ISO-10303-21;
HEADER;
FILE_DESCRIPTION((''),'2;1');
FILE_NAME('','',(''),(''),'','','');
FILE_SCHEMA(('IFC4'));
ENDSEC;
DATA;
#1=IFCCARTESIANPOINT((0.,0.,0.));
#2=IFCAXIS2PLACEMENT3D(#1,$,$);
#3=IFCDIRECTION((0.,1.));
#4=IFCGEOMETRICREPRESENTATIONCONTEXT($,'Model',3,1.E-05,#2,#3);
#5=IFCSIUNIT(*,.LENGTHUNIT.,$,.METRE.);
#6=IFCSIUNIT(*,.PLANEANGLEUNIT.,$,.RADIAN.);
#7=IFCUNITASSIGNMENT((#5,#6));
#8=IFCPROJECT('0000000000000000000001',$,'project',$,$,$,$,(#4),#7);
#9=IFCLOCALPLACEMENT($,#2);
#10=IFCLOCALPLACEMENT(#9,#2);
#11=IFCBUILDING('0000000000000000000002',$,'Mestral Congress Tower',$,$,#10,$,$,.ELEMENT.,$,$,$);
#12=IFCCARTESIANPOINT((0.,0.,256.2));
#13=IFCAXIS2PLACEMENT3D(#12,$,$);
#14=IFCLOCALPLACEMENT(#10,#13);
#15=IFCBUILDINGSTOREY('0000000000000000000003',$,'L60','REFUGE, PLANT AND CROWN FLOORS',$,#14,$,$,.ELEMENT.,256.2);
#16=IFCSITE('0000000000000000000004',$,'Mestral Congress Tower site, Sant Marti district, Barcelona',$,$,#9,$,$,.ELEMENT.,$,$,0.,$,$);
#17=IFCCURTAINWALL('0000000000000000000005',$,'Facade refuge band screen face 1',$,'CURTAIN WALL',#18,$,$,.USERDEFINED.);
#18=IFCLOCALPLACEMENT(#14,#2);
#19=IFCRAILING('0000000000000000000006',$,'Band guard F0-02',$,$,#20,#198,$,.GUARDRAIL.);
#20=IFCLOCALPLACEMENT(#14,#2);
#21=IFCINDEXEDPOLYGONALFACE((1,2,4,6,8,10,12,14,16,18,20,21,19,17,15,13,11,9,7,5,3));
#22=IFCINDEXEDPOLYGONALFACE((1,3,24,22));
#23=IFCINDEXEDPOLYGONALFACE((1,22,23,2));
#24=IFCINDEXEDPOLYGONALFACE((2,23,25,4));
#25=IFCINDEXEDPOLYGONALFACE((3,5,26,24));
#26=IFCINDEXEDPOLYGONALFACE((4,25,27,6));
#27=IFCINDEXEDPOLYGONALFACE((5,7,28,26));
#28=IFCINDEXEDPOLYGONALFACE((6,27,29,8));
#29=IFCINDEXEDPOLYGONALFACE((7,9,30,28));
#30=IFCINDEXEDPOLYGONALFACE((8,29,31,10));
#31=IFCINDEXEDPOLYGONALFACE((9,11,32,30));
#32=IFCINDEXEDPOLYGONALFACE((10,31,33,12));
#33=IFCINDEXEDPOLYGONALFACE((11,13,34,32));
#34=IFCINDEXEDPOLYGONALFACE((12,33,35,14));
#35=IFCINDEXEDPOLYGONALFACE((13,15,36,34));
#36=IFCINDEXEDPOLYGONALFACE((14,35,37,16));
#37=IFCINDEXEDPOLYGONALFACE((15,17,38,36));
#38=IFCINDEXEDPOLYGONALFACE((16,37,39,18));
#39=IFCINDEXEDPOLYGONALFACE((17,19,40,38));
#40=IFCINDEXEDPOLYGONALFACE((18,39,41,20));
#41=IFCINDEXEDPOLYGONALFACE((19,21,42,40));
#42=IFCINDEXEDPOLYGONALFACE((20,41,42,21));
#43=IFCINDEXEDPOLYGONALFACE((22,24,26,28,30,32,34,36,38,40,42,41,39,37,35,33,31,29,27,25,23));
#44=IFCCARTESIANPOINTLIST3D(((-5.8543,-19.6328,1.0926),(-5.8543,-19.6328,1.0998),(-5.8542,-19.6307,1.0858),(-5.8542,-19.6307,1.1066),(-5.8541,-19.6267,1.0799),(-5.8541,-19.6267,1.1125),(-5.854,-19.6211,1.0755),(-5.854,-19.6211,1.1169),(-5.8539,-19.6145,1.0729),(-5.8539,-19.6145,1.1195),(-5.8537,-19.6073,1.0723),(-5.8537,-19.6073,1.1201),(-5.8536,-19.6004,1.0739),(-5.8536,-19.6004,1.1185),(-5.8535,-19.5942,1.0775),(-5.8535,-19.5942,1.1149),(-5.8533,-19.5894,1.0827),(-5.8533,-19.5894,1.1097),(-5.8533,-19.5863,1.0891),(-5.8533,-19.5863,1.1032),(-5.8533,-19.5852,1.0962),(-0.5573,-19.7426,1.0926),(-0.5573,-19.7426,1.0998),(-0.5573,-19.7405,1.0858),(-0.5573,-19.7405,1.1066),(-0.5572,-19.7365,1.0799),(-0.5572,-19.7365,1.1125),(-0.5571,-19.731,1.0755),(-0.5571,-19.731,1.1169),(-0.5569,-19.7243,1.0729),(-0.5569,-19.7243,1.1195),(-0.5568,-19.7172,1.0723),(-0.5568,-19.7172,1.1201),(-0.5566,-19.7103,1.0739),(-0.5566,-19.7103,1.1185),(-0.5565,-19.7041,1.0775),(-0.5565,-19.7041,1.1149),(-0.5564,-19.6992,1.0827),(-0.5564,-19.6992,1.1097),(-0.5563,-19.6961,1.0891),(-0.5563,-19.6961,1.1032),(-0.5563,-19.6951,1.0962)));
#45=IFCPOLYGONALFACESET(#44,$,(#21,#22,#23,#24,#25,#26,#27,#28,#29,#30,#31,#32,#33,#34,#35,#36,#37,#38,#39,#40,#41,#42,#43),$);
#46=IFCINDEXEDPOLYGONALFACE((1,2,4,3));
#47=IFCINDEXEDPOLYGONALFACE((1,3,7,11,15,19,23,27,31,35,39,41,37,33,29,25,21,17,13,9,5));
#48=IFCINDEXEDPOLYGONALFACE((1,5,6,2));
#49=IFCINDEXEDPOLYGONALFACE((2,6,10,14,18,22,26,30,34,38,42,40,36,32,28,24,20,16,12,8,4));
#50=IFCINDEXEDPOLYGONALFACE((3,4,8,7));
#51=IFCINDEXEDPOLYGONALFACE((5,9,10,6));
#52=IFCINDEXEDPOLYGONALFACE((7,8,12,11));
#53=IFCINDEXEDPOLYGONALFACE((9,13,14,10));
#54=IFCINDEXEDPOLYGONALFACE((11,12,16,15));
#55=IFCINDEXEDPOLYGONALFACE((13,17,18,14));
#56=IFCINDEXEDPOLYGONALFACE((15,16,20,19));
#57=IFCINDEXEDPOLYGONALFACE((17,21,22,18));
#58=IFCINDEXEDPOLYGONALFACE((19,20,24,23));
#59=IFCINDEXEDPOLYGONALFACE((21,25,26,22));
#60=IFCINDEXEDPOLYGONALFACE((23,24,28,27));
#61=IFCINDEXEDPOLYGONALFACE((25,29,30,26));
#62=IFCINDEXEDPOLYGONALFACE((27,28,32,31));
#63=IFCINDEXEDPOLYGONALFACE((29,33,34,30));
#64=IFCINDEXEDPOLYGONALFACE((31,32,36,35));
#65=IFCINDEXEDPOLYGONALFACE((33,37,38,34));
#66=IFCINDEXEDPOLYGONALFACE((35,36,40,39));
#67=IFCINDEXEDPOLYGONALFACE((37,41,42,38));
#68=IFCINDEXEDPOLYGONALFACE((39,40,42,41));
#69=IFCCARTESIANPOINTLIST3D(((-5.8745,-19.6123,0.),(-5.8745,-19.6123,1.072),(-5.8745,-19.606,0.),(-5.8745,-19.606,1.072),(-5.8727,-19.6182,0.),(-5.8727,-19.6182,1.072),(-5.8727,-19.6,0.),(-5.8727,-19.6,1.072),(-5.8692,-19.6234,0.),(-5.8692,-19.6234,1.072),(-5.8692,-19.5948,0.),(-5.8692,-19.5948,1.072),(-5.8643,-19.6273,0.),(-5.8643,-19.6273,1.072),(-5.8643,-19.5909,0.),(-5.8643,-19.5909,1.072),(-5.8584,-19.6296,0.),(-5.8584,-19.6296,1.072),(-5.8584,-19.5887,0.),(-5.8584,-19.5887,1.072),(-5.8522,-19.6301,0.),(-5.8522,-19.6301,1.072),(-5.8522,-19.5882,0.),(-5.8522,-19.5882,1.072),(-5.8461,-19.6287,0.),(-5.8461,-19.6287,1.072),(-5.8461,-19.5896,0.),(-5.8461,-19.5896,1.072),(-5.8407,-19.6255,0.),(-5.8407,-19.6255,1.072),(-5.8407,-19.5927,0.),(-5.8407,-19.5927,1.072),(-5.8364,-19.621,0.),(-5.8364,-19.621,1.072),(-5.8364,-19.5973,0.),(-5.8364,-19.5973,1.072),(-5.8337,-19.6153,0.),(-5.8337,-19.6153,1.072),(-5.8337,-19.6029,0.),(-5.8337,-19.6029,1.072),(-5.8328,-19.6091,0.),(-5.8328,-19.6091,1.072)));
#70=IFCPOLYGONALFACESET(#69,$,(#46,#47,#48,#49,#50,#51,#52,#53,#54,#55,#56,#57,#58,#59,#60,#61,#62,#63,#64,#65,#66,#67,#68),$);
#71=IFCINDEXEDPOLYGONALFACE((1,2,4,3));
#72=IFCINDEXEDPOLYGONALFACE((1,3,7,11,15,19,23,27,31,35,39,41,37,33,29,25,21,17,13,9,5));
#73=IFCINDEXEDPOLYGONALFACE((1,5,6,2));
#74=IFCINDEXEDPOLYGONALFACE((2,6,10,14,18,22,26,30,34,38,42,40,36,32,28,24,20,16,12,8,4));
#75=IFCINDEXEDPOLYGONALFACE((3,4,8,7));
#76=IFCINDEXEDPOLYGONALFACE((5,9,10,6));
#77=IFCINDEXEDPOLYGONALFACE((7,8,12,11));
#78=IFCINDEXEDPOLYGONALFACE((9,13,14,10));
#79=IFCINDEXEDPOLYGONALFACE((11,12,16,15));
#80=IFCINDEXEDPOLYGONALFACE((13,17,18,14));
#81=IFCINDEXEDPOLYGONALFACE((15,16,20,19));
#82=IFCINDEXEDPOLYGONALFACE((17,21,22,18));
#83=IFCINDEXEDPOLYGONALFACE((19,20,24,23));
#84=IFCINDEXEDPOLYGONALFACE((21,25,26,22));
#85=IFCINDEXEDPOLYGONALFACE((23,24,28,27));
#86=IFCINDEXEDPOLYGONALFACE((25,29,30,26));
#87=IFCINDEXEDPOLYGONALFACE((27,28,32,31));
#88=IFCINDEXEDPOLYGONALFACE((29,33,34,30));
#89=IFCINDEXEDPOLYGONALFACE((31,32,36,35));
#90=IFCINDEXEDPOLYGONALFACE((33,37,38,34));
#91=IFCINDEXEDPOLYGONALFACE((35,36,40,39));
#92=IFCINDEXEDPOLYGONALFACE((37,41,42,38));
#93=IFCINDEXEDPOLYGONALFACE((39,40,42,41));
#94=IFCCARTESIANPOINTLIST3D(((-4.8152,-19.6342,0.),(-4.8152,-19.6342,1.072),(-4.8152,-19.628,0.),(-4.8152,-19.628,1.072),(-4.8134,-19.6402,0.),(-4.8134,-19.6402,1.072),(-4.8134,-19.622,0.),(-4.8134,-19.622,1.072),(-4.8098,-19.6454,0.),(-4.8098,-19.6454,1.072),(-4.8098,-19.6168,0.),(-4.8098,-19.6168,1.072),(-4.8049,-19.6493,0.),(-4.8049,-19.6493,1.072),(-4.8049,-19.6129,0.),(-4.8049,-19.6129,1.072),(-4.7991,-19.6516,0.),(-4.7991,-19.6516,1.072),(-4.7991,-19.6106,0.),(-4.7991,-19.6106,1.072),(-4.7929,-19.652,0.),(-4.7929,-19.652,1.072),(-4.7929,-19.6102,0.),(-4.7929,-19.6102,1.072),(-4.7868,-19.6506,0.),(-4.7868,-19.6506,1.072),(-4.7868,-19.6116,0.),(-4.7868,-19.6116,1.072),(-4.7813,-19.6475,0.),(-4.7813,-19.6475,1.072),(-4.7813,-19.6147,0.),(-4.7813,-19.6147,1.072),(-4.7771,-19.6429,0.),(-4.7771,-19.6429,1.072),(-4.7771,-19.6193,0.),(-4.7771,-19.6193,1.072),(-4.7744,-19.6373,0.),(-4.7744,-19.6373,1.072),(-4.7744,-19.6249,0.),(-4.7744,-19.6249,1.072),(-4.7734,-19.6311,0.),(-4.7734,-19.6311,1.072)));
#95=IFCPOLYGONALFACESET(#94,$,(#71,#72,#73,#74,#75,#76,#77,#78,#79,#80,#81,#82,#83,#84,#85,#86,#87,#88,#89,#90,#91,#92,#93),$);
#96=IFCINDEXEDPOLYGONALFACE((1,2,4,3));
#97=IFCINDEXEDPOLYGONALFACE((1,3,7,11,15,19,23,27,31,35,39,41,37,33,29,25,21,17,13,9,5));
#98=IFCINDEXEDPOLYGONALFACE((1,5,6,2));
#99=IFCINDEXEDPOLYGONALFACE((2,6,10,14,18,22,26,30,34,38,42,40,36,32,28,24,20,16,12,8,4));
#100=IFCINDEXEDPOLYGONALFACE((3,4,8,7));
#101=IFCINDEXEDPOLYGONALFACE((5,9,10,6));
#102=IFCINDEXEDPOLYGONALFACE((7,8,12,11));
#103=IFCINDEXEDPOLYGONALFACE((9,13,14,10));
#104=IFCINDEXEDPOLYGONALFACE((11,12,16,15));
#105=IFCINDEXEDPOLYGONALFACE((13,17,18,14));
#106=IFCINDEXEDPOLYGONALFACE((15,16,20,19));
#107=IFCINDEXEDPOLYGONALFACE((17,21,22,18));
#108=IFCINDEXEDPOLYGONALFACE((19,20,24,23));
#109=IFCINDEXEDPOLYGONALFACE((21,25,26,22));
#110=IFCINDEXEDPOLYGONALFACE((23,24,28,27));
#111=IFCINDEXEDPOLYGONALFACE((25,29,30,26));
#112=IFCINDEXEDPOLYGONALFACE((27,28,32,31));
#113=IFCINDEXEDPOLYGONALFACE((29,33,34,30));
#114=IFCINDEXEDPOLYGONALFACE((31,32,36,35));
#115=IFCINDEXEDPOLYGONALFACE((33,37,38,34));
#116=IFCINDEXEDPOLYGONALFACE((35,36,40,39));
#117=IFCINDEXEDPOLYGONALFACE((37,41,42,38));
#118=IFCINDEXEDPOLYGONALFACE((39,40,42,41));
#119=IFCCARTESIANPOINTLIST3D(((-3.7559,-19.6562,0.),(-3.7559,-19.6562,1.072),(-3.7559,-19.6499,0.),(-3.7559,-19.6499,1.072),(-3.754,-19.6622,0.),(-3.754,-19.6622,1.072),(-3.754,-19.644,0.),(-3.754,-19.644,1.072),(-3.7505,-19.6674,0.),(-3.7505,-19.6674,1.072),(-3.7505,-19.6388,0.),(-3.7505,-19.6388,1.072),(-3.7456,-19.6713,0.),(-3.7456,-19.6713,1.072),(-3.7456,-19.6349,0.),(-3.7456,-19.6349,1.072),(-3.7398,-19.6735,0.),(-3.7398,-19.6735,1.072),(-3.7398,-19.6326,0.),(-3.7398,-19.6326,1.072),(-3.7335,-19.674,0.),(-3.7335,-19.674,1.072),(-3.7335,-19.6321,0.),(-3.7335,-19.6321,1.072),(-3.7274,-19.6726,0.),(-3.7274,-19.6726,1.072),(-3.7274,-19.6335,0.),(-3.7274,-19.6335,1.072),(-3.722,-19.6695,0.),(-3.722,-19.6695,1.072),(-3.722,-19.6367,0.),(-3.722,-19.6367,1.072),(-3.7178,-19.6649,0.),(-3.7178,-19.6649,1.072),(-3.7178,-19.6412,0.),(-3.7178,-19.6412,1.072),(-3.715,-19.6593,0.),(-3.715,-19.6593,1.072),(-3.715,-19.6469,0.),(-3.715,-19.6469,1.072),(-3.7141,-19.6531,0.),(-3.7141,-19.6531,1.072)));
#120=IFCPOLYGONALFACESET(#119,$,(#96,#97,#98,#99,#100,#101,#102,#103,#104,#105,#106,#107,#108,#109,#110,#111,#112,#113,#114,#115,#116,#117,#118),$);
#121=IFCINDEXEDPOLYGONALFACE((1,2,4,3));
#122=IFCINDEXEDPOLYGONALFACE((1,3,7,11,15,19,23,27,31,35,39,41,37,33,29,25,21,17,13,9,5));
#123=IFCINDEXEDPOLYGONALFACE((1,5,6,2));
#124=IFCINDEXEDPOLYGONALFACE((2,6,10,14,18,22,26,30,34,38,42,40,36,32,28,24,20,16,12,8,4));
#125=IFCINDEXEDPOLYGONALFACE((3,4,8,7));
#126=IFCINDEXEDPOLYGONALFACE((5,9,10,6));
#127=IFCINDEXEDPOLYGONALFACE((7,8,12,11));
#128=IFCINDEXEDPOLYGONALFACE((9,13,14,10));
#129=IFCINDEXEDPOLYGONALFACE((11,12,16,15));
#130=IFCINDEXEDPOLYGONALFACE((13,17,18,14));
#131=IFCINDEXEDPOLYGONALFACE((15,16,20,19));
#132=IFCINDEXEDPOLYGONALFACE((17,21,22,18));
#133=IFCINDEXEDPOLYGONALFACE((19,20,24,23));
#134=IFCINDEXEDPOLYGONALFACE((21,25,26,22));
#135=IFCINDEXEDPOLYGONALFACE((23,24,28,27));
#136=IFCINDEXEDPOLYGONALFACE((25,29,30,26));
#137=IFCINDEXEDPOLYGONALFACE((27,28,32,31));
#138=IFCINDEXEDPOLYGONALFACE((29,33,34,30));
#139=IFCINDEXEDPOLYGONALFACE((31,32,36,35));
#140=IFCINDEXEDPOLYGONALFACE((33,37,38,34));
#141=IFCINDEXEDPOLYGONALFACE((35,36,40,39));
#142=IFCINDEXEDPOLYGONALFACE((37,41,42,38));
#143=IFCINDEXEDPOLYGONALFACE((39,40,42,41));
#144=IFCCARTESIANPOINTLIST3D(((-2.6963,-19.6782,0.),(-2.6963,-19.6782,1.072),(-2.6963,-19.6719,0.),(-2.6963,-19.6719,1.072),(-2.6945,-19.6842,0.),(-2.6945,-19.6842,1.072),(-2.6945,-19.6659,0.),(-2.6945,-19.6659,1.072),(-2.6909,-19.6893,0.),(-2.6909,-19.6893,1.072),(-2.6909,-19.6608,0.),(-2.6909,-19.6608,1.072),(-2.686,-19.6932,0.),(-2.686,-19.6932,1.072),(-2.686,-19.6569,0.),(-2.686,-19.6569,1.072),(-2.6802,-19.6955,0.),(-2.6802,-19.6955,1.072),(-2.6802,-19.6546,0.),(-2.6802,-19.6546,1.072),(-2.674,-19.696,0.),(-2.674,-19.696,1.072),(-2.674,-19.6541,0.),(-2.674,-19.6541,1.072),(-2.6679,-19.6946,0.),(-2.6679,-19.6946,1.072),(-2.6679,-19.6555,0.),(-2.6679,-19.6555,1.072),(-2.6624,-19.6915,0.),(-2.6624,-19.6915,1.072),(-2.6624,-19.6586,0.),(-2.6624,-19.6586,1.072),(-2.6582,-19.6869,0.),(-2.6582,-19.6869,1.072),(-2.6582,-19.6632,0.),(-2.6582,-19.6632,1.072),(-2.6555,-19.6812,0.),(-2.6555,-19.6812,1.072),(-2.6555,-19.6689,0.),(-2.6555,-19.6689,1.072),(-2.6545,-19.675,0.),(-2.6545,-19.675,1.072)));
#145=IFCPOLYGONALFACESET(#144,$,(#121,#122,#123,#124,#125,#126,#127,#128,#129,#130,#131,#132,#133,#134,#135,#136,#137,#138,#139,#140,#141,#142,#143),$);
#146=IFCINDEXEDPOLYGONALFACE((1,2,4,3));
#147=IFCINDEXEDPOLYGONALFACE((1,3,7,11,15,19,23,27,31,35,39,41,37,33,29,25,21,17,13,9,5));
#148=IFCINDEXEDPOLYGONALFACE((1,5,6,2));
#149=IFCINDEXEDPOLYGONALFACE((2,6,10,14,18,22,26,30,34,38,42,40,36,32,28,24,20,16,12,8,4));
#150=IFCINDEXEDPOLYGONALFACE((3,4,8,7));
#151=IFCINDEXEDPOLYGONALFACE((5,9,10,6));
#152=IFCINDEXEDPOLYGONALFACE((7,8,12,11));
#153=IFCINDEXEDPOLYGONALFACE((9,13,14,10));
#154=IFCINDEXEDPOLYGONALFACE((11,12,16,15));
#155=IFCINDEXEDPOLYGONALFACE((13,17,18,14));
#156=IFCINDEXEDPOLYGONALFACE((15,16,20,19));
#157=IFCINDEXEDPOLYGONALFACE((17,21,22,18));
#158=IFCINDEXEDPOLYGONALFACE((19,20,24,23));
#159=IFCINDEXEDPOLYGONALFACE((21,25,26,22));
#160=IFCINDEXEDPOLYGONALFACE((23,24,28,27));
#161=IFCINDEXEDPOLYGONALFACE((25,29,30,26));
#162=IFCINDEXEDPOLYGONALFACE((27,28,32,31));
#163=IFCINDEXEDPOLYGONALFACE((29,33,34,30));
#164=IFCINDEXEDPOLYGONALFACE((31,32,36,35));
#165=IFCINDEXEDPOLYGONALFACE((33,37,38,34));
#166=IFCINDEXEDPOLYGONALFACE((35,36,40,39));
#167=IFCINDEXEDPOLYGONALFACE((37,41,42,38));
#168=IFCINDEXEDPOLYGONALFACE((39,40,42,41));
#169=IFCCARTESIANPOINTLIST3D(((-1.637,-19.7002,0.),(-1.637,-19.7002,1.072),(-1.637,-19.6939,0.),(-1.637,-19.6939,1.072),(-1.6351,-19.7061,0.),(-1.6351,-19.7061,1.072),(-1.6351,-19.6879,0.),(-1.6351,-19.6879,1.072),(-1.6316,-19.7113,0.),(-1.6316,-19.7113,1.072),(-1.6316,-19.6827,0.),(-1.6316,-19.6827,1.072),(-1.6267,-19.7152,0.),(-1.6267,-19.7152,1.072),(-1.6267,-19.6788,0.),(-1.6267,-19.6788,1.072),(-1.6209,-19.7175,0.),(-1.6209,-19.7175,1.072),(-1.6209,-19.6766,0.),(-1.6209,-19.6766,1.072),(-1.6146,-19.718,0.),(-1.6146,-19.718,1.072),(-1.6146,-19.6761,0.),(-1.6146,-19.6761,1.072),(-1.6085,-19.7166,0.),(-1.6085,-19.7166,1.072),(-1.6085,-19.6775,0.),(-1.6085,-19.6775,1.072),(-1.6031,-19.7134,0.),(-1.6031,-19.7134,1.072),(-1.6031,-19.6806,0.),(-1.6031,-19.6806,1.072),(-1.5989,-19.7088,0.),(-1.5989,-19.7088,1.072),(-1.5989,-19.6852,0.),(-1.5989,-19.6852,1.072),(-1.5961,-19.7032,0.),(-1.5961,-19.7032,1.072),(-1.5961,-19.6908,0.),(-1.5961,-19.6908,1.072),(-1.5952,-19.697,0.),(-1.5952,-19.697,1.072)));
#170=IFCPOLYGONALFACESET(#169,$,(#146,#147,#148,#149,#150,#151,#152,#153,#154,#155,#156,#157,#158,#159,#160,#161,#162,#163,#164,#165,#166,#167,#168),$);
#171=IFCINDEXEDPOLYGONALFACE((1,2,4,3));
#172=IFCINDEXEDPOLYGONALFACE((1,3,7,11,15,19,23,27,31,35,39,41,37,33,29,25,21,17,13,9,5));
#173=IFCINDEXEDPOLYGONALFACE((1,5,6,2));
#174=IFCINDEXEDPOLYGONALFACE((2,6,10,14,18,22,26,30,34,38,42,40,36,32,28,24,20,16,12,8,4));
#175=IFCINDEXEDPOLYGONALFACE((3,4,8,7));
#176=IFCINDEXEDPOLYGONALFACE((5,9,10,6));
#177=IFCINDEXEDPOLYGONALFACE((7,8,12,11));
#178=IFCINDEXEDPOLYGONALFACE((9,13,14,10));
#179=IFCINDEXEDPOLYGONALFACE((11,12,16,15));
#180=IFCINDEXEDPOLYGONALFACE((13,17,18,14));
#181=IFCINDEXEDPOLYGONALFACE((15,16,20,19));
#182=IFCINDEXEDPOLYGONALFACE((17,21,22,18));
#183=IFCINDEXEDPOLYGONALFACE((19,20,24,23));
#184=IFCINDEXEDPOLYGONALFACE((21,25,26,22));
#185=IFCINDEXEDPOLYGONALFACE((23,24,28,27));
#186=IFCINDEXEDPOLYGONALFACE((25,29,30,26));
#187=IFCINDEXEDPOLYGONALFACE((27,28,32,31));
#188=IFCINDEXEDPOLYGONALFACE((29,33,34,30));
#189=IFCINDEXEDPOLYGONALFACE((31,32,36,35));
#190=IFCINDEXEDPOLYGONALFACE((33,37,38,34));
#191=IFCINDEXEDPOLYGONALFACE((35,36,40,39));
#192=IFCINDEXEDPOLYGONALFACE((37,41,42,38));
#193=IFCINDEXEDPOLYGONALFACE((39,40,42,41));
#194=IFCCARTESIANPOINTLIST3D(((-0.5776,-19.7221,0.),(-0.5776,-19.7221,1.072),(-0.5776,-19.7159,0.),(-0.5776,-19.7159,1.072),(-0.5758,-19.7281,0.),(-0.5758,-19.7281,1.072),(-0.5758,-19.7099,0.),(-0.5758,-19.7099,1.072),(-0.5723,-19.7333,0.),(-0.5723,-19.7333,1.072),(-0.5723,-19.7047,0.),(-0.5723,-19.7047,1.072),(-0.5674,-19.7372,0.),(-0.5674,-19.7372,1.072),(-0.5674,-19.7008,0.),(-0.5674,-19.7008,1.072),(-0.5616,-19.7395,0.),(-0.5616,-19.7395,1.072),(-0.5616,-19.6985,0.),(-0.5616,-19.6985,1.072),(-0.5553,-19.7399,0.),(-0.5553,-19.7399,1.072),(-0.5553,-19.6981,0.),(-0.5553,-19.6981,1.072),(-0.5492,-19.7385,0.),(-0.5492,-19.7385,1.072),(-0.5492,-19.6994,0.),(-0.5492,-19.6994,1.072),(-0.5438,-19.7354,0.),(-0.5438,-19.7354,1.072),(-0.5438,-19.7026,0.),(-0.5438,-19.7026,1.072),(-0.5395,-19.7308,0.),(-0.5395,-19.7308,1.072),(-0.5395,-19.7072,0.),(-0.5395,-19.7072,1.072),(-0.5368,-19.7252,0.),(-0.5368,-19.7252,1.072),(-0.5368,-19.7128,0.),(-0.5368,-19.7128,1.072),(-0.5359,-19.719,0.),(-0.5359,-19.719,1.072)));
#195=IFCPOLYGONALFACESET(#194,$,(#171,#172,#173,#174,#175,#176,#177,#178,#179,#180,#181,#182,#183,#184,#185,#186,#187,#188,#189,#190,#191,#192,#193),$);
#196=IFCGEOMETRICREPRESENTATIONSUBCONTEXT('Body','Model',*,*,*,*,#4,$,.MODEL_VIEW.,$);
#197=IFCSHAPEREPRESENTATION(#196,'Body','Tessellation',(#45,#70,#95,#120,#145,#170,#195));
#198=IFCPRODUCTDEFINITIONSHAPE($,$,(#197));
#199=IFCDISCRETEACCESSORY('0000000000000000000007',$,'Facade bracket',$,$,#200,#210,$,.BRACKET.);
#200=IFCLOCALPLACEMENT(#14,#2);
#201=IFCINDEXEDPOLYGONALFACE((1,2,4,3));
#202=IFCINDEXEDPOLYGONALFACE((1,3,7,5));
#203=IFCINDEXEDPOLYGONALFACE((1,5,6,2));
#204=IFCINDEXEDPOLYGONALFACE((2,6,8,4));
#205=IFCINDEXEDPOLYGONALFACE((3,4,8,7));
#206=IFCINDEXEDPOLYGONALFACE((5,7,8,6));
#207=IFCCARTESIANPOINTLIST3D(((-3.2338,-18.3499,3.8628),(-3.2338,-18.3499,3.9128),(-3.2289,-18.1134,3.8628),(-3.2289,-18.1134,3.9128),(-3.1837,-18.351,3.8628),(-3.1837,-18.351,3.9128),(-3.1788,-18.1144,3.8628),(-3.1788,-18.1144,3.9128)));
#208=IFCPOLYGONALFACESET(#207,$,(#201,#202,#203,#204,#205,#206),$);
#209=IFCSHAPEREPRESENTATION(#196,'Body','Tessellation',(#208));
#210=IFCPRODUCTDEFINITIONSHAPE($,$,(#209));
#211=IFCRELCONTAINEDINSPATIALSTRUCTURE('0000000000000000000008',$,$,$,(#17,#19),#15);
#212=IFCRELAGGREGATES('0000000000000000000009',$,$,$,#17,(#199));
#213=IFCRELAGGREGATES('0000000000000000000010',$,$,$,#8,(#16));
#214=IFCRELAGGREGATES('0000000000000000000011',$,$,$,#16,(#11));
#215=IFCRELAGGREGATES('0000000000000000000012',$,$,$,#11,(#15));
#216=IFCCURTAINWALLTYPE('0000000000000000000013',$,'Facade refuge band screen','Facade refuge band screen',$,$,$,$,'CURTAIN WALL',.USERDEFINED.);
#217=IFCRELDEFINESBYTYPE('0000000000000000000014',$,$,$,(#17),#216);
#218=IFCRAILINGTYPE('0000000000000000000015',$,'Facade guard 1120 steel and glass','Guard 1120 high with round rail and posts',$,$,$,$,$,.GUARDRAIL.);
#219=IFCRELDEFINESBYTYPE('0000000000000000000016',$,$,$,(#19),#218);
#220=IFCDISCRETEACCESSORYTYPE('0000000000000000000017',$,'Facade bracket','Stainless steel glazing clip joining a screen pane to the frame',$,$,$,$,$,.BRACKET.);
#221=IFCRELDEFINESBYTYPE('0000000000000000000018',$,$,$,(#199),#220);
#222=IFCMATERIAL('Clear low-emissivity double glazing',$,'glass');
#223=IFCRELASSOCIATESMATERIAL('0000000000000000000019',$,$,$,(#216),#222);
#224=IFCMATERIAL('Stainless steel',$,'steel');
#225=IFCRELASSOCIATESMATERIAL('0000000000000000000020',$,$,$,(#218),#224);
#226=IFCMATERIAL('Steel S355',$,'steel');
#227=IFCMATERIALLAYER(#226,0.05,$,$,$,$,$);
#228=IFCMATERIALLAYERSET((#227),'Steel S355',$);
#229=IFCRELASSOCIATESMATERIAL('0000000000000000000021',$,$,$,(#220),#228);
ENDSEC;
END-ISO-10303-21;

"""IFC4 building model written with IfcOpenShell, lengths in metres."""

from ifc_helpers import new_model, si_unit, direction, frame, origin, origin_2d, place, context, subcontext, project, spatial, rectangle, circle, extrude, material, layer, layer_set, type_object, element, aggregate, save


model = new_model("IFC4")

# Units and contexts
model_context = context("Model", 3, precision=1e-05, world=origin(), true_north=direction((0.0, 1.0)))
body_context = subcontext(model_context, "Body", "Model", "MODEL_VIEW")
ifc_project = project(units=[si_unit("LENGTHUNIT", "METRE"), si_unit("PLANEANGLEUNIT", "RADIAN")], contexts=[model_context])

# Site, building, storey
site_placement = place(None, origin())
site = spatial("IfcSite", under=ifc_project, at=site_placement, Name="Mestral Congress Tower site, Sant Marti district, Barcelona", CompositionType="ELEMENT", RefElevation=0.0)
building_placement = place(site_placement, origin())
building = spatial("IfcBuilding", under=site, at=building_placement, Name="Mestral Congress Tower", CompositionType="ELEMENT")
storey_placement = place(building_placement, frame((0.0, 0.0, 256.2)))
storey = spatial("IfcBuildingStorey", under=building, at=storey_placement, Name="L60", Description="REFUGE, PLANT AND CROWN FLOORS", CompositionType="ELEMENT", Elevation=256.2)

# Shared definitions
ifc_material_1 = material(Name="Steel S355", Category="steel")

# Curtain wall
ifc_material_2 = material(Name="Clear low-emissivity double glazing", Category="glass")
curtain_wall_type = type_object("IfcCurtainWallType", Name="Facade refuge band screen", Description="Facade refuge band screen", ElementType="CURTAIN WALL", PredefinedType="USERDEFINED", material=ifc_material_2)
curtain_wall_placement = place(storey_placement, origin())
curtain_wall = element("IfcCurtainWall", 1, at=curtain_wall_placement, inside=storey, type_object=curtain_wall_type, Name="Facade refuge band screen face 1", ObjectType="CURTAIN WALL", PredefinedType="USERDEFINED")

# Railing
ifc_material_3 = material(Name="Stainless steel", Category="steel")
railing_type = type_object("IfcRailingType", Name="Facade guard 1120 steel and glass", Description="Guard 1120 high with round rail and posts", PredefinedType="GUARDRAIL", material=ifc_material_3)
railing_placement = place(storey_placement, frame((-5.8538, -19.6091, 0.0)))
element("IfcRailing", 2, at=railing_placement, inside=storey, type_object=railing_type, Name="Band guard F0-02", PredefinedType="GUARDRAIL", context=body_context, shape_type="SweptSolid", body=[
    extrude(circle(Radius=0.0239, at=origin_2d()), frame((0.0, 0.0, 1.0962), z_axis=(0.999785, -0.020737, 0.0), x_axis=(0.020737, 0.999785, 0.0)), (0.0, 0.0, 1.0), 5.2981),
    extrude(circle(Radius=0.021, at=origin_2d()), origin(), (0.0, 0.0, 1.0), 1.072),
    extrude(circle(Radius=0.021, at=origin_2d()), frame((1.0593, -0.022, 0.0)), (0.0, 0.0, 1.0), 1.072),
    extrude(circle(Radius=0.021, at=origin_2d()), frame((2.1187, -0.0439, 0.0)), (0.0, 0.0, 1.0), 1.072),
    extrude(circle(Radius=0.021, at=origin_2d()), frame((3.1782, -0.0659, 0.0)), (0.0, 0.0, 1.0), 1.072),
    extrude(circle(Radius=0.021, at=origin_2d()), frame((4.2375, -0.0879, 0.0)), (0.0, 0.0, 1.0), 1.072),
    extrude(circle(Radius=0.021, at=origin_2d()), frame((5.2969, -0.1099, 0.0)), (0.0, 0.0, 1.0), 1.072),
])

# Discrete accessory
ifc_layer_1 = layer(ifc_material_1, 0.05)
ifc_layer_set_1 = layer_set([ifc_layer_1], Name="Steel S355")
discrete_accessory_type = type_object("IfcDiscreteAccessoryType", Name="Facade bracket", Description="Stainless steel glazing clip joining a screen pane to the frame", PredefinedType="BRACKET", material=ifc_layer_set_1)
discrete_accessory_1_placement = place(storey_placement, frame((-3.2063, -18.2322, 3.8628), z_axis=(0.0, 0.0, 1.0), x_axis=(0.999785, -0.020745, 0.0)))
discrete_accessory_1 = element("IfcDiscreteAccessory", 3, at=discrete_accessory_1_placement, type_object=discrete_accessory_type, Name="Facade bracket", PredefinedType="BRACKET", context=body_context, shape_type="SweptSolid", body=[
    extrude(rectangle(XDim=0.05, YDim=0.2366, at=origin_2d()), origin(), (0.0, 0.0, 1.0), 0.05),
])
aggregate(curtain_wall, [discrete_accessory_1])

save(model, "model.ifc")
